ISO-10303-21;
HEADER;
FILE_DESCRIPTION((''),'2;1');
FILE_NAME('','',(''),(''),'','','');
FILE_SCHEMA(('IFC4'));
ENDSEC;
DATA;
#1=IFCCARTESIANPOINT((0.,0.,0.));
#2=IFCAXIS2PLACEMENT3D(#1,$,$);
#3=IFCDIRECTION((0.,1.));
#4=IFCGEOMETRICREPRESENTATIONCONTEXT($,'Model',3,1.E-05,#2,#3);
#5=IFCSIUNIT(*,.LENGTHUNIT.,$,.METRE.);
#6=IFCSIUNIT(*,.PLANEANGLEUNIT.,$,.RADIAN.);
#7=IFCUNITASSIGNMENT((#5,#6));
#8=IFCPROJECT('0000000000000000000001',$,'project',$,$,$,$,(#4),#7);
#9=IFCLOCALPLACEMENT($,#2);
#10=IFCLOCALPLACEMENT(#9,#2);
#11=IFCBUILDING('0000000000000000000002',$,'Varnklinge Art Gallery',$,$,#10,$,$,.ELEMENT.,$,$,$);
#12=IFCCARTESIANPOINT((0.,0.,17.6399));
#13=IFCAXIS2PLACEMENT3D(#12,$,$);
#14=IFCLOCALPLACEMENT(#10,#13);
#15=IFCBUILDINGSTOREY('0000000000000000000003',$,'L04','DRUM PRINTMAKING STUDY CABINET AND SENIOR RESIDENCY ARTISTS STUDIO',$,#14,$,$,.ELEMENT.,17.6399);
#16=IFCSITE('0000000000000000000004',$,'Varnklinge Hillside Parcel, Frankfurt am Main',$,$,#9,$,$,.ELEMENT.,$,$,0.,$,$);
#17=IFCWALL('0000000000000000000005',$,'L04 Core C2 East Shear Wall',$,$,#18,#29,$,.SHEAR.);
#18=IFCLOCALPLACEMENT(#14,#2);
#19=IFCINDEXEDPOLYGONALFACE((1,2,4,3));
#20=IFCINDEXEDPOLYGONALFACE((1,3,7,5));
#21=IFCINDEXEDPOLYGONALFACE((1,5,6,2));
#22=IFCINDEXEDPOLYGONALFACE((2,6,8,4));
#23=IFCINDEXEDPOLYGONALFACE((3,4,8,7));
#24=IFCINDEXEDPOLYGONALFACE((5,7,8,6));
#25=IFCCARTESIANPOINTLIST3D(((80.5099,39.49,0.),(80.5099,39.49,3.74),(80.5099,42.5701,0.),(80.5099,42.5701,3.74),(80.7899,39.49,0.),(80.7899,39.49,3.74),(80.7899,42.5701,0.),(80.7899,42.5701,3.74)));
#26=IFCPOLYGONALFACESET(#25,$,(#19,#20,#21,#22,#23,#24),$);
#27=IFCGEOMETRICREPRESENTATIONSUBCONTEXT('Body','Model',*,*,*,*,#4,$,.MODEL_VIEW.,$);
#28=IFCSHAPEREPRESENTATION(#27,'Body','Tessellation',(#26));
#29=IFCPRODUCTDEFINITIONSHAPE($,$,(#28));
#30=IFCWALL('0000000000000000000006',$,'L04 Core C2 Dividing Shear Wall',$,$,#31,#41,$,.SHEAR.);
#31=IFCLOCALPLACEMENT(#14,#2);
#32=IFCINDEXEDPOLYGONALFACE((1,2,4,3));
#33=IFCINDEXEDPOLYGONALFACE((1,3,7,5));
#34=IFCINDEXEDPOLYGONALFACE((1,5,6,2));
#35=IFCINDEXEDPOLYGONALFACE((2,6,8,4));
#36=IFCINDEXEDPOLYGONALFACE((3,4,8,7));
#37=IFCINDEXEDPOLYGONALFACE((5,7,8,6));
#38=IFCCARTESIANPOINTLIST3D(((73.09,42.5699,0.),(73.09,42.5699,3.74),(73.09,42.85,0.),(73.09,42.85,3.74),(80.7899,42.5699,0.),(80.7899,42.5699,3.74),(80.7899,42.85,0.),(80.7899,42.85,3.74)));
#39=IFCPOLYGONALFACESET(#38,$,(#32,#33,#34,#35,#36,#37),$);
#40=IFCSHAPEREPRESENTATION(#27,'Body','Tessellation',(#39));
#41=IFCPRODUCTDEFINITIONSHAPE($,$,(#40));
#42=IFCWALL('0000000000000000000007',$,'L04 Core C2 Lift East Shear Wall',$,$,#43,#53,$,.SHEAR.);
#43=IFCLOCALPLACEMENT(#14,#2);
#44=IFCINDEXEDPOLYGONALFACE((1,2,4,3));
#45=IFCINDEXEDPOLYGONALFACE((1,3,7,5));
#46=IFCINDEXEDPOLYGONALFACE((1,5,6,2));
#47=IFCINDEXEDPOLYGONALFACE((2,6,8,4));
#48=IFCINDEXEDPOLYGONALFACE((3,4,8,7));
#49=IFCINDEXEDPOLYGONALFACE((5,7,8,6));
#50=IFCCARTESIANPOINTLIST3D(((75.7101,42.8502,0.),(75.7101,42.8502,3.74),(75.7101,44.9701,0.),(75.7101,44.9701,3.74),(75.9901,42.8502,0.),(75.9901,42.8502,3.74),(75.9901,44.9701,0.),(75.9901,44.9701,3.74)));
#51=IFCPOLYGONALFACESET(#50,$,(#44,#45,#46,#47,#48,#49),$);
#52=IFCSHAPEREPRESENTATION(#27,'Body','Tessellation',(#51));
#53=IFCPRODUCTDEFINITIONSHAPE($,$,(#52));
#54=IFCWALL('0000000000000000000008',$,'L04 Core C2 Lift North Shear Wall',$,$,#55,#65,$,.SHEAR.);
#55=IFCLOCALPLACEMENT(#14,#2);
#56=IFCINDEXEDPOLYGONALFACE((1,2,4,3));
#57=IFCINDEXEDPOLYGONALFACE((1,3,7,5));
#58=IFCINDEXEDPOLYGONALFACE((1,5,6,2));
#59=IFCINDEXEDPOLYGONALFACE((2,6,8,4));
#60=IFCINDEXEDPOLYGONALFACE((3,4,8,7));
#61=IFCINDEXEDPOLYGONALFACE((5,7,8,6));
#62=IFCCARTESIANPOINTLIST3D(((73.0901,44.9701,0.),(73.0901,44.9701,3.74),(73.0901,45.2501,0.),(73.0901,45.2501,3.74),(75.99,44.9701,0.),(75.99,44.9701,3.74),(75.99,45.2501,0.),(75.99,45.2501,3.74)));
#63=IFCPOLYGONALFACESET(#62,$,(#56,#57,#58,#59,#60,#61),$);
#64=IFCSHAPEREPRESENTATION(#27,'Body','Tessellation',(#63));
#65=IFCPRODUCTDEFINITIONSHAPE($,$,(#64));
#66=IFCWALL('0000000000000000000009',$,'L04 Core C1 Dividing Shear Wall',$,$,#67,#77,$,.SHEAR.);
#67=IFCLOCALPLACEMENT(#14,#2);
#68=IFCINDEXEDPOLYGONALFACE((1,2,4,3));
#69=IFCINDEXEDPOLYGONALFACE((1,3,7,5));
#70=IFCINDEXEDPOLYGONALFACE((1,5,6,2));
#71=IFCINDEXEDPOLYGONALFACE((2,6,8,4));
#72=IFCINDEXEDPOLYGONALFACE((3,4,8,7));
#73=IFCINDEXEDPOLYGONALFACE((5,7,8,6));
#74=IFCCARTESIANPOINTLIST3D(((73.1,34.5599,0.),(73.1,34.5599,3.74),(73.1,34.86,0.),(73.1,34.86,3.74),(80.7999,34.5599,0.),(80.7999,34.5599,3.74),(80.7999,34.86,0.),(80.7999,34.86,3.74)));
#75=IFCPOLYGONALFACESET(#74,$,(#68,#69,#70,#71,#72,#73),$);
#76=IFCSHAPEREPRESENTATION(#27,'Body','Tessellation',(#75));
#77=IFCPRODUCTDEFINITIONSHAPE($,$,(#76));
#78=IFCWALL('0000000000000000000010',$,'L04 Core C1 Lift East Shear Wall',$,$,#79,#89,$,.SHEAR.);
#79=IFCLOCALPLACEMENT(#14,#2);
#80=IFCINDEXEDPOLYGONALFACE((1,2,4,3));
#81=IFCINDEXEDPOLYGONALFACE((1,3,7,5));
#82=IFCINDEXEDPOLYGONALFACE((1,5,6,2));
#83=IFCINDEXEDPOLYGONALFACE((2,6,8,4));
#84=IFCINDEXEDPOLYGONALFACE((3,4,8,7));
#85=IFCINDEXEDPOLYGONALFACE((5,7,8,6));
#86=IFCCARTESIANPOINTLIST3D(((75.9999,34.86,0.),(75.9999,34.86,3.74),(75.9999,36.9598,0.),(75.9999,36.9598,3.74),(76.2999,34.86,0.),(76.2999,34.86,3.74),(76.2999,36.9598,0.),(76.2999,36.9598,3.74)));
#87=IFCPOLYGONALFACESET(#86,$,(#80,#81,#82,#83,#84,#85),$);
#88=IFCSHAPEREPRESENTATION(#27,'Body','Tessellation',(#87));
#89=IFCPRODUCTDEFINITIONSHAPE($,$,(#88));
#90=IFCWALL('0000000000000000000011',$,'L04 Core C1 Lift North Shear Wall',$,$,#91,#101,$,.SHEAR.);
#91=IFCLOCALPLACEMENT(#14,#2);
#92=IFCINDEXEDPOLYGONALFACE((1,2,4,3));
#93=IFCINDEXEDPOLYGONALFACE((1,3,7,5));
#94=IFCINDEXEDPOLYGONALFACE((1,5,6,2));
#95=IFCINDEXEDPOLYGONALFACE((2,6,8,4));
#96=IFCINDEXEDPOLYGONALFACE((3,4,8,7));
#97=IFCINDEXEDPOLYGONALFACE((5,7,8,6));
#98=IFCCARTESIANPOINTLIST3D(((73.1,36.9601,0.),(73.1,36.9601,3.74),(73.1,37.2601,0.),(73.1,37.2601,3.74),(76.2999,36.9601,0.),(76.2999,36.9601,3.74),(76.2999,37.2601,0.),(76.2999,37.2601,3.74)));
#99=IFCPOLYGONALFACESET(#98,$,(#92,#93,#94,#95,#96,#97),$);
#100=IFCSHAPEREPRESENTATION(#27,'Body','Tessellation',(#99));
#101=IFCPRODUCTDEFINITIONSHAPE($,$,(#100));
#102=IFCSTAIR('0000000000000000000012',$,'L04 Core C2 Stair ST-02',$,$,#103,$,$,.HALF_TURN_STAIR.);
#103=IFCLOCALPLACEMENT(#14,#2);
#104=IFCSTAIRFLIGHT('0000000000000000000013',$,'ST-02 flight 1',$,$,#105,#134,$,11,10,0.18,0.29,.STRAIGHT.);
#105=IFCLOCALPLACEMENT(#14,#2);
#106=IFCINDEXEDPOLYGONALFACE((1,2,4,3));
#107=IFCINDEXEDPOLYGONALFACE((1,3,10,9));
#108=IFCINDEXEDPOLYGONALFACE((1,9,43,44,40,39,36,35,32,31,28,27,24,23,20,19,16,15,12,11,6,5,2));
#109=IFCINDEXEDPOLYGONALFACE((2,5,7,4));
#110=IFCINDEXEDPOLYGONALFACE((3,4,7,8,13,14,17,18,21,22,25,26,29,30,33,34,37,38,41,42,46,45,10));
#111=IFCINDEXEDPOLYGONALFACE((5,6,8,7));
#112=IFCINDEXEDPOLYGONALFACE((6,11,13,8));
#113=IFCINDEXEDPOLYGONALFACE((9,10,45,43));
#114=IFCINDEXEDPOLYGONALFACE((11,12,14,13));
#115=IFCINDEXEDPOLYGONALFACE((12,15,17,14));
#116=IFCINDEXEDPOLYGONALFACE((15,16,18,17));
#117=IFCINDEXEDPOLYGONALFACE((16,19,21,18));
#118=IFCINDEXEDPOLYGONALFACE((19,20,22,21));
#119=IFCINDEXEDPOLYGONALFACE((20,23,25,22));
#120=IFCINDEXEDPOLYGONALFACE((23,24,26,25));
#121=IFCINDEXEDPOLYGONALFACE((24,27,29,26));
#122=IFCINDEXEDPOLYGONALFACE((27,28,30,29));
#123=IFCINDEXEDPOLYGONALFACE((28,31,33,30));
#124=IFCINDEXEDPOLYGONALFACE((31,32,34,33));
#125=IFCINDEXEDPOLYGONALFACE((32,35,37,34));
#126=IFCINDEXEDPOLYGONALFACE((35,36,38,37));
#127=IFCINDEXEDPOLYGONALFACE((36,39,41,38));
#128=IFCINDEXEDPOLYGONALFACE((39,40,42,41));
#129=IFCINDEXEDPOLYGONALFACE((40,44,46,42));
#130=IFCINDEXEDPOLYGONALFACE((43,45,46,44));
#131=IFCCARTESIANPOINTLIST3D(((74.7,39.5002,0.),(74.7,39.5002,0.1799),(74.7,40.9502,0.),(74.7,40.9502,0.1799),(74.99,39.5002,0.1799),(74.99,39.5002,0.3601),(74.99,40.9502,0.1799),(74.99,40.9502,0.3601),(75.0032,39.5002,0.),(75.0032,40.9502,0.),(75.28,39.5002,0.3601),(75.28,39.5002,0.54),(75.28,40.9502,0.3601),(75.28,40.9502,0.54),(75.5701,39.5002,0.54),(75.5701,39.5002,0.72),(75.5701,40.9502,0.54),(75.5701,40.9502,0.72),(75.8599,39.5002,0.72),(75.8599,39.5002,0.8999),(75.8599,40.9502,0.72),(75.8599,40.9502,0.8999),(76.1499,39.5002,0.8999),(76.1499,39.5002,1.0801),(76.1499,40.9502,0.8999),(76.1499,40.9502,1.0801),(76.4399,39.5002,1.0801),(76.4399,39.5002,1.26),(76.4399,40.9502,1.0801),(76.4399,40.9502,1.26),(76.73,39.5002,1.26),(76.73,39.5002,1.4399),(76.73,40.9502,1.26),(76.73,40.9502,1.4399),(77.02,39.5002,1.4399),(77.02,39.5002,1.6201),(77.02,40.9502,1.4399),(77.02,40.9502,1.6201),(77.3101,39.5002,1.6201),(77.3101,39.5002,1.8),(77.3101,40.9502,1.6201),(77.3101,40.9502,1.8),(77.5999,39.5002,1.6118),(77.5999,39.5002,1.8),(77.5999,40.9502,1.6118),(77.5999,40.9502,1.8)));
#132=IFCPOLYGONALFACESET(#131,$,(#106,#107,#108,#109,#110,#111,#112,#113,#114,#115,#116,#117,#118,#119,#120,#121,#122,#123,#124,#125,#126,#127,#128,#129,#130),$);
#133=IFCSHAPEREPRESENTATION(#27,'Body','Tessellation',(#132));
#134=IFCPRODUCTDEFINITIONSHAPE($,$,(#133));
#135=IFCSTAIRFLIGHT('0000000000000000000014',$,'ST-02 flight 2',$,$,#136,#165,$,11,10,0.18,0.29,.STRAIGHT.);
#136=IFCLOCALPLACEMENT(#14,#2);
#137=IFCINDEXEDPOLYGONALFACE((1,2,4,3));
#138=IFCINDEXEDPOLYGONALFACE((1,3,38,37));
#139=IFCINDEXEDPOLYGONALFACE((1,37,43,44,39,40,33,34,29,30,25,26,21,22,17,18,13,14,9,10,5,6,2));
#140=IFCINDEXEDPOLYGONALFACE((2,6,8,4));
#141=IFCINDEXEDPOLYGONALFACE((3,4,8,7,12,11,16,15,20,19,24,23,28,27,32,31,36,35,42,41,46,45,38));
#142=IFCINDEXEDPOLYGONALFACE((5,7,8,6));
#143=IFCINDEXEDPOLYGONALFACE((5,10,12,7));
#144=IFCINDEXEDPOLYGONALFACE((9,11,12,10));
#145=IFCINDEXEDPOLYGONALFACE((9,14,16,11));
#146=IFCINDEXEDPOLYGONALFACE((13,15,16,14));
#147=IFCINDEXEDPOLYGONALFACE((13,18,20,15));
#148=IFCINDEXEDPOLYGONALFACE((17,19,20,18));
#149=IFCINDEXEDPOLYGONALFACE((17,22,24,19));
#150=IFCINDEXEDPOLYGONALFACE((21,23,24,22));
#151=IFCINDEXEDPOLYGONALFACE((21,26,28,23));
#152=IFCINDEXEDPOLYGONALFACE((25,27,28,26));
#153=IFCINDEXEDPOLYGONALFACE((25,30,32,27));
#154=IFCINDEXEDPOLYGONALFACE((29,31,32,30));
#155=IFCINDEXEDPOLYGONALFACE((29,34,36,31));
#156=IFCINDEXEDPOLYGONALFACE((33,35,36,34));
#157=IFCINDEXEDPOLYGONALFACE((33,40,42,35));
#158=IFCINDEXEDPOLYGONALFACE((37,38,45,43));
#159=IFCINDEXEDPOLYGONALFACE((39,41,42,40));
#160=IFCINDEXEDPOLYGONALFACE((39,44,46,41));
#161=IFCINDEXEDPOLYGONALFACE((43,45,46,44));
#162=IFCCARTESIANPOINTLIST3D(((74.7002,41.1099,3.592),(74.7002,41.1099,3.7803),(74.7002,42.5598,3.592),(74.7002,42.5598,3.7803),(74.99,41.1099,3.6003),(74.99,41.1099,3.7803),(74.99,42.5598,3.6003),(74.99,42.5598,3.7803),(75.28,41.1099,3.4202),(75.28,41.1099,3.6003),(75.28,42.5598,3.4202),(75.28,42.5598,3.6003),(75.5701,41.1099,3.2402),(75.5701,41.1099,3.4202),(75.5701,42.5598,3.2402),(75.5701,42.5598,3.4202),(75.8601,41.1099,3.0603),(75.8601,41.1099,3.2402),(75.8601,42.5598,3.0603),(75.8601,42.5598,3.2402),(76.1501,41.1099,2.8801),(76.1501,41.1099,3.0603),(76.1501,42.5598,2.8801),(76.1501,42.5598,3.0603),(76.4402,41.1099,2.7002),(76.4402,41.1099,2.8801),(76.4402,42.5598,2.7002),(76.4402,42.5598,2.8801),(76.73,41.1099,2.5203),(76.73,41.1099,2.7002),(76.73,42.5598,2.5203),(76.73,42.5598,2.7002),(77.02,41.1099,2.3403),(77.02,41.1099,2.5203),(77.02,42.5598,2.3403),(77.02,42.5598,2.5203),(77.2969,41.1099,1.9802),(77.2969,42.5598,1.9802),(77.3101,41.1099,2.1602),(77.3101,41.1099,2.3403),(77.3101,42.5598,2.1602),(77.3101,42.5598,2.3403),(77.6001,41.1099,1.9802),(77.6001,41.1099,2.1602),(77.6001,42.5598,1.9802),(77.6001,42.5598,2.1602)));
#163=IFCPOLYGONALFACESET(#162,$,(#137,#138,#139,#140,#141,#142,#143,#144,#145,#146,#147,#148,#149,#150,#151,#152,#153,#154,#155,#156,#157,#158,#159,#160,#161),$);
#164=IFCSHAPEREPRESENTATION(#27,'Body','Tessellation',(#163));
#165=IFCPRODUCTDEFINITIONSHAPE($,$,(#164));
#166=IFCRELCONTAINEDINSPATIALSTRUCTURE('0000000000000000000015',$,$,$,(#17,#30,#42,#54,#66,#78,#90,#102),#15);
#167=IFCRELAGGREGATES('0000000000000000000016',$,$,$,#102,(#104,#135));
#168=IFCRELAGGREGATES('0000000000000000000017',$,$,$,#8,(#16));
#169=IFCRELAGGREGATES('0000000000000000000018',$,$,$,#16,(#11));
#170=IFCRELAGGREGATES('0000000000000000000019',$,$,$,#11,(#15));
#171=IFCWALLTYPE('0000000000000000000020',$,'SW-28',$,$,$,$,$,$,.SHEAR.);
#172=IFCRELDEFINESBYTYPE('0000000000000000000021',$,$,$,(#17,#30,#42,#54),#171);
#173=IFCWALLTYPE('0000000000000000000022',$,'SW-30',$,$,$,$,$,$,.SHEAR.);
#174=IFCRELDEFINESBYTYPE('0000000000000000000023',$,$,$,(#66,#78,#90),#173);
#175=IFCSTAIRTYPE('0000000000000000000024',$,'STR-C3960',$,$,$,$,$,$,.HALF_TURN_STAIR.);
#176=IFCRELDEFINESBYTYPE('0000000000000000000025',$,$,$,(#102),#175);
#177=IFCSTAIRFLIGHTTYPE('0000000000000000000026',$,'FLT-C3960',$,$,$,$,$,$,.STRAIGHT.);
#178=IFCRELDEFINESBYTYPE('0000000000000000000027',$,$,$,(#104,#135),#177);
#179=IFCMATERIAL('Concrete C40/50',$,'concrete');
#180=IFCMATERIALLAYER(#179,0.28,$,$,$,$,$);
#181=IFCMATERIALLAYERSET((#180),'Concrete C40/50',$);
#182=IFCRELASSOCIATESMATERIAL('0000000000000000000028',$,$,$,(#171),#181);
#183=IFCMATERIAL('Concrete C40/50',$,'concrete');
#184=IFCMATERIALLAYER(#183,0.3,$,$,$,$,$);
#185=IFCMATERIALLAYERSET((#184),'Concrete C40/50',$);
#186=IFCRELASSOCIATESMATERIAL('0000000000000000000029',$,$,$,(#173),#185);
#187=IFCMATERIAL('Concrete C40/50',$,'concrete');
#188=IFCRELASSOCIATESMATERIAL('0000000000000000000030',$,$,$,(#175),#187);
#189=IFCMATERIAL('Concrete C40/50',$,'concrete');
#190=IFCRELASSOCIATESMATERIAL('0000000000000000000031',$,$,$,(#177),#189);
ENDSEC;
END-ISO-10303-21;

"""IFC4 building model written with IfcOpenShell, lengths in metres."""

from ifc_helpers import new_model, si_unit, direction, frame, frame_2d, origin, place, context, subcontext, project, spatial, polyline, rectangle, outline, extrude, material, layer, layer_set, type_object, element, aggregate, save


model = new_model("IFC4")

# Units and contexts
model_context = context("Model", 3, precision=1e-05, world=origin(), true_north=direction((0.0, 1.0)))
body_context = subcontext(model_context, "Body", "Model", "MODEL_VIEW")
ifc_project = project(units=[si_unit("LENGTHUNIT", "METRE"), si_unit("PLANEANGLEUNIT", "RADIAN")], contexts=[model_context])

# Site, building, storey
site_placement = place(None, origin())
site = spatial("IfcSite", under=ifc_project, at=site_placement, Name="Varnklinge Hillside Parcel, Frankfurt am Main", CompositionType="ELEMENT", RefElevation=0.0)
building_placement = place(site_placement, origin())
building = spatial("IfcBuilding", under=site, at=building_placement, Name="Varnklinge Art Gallery", CompositionType="ELEMENT")
storey_placement = place(building_placement, frame((0.0, 0.0, 17.6399)))
storey = spatial("IfcBuildingStorey", under=building, at=storey_placement, Name="L04", Description="DRUM PRINTMAKING STUDY CABINET AND SENIOR RESIDENCY ARTISTS STUDIO", CompositionType="ELEMENT", Elevation=17.6399)

# Walls
ifc_material_1 = material(Name="Concrete C40/50", Category="concrete")
ifc_layer_1 = layer(ifc_material_1, 0.28)
ifc_layer_set_1 = layer_set([ifc_layer_1], Name="Concrete C40/50")
wall_type_1 = type_object("IfcWallType", Name="SW-28", PredefinedType="SHEAR", material=ifc_layer_set_1)
wall_1_placement = place(storey_placement, frame((80.6499, 39.49, 0.0), z_axis=(0.0, 0.0, 1.0), x_axis=(0.0, 1.0, 0.0)))
element("IfcWall", 1, at=wall_1_placement, inside=storey, type_object=wall_type_1, Name="L04 Core C2 East Shear Wall", PredefinedType="SHEAR", context=body_context, shape_type="SweptSolid", body=[
    extrude(rectangle(XDim=3.0801, YDim=0.28, at=frame_2d((1.54, 0.0))), origin(), (0.0, 0.0, 1.0), 3.74),
])
wall_2_placement = place(storey_placement, frame((80.79, 42.71, 0.0), z_axis=(0.0, 0.0, 1.0), x_axis=(-1.0, 0.0, 0.0)))
element("IfcWall", 2, at=wall_2_placement, inside=storey, type_object=wall_type_1, Name="L04 Core C2 Dividing Shear Wall", PredefinedType="SHEAR", context=body_context, shape_type="SweptSolid", body=[
    extrude(rectangle(XDim=7.7, YDim=0.28, at=frame_2d((3.8501, 0.0))), origin(), (0.0, 0.0, 1.0), 3.74),
])
wall_3_placement = place(storey_placement, frame((75.8501, 42.8501, 0.0), z_axis=(0.0, 0.0, 1.0), x_axis=(0.0, 1.0, 0.0)))
element("IfcWall", 3, at=wall_3_placement, inside=storey, type_object=wall_type_1, Name="L04 Core C2 Lift East Shear Wall", PredefinedType="SHEAR", context=body_context, shape_type="SweptSolid", body=[
    extrude(rectangle(XDim=2.1199, YDim=0.28, at=frame_2d((1.0601, 0.0))), origin(), (0.0, 0.0, 1.0), 3.74),
])
wall_4_placement = place(storey_placement, frame((75.99, 45.1101, 0.0), z_axis=(0.0, 0.0, 1.0), x_axis=(-1.0, 0.0, 0.0)))
element("IfcWall", 4, at=wall_4_placement, inside=storey, type_object=wall_type_1, Name="L04 Core C2 Lift North Shear Wall", PredefinedType="SHEAR", context=body_context, shape_type="SweptSolid", body=[
    extrude(rectangle(XDim=2.8999, YDim=0.28, at=frame_2d((1.45, 0.0))), origin(), (0.0, 0.0, 1.0), 3.74),
])
ifc_material_2 = material(Name="Concrete C40/50", Category="concrete")
ifc_layer_2 = layer(ifc_material_2, 0.3)
ifc_layer_set_2 = layer_set([ifc_layer_2], Name="Concrete C40/50")
wall_type_2 = type_object("IfcWallType", Name="SW-30", PredefinedType="SHEAR", material=ifc_layer_set_2)
wall_5_placement = place(storey_placement, frame((80.8, 34.71, 0.0), z_axis=(0.0, 0.0, 1.0), x_axis=(-1.0, 0.0, 0.0)))
element("IfcWall", 5, at=wall_5_placement, inside=storey, type_object=wall_type_2, Name="L04 Core C1 Dividing Shear Wall", PredefinedType="SHEAR", context=body_context, shape_type="SweptSolid", body=[
    extrude(rectangle(XDim=7.7, YDim=0.3, at=frame_2d((3.8501, 0.0))), origin(), (0.0, 0.0, 1.0), 3.74),
])
wall_6_placement = place(storey_placement, frame((76.1499, 34.8601, 0.0), z_axis=(0.0, 0.0, 1.0), x_axis=(0.0, 1.0, 0.0)))
element("IfcWall", 6, at=wall_6_placement, inside=storey, type_object=wall_type_2, Name="L04 Core C1 Lift East Shear Wall", PredefinedType="SHEAR", context=body_context, shape_type="SweptSolid", body=[
    extrude(rectangle(XDim=2.0999, YDim=0.3, at=frame_2d((1.0498, 0.0))), origin(), (0.0, 0.0, 1.0), 3.74),
])
wall_7_placement = place(storey_placement, frame((76.3, 37.1101, 0.0), z_axis=(0.0, 0.0, 1.0), x_axis=(-1.0, 0.0, 0.0)))
element("IfcWall", 7, at=wall_7_placement, inside=storey, type_object=wall_type_2, Name="L04 Core C1 Lift North Shear Wall", PredefinedType="SHEAR", context=body_context, shape_type="SweptSolid", body=[
    extrude(rectangle(XDim=3.2, YDim=0.3, at=frame_2d((1.6001, 0.0))), origin(), (0.0, 0.0, 1.0), 3.74),
])

# Stair, stair flights
ifc_material_3 = material(Name="Concrete C40/50", Category="concrete")
stair_type = type_object("IfcStairType", Name="STR-C3960", PredefinedType="HALF_TURN_STAIR", material=ifc_material_3)
stair_placement = place(storey_placement, origin())
stair = element("IfcStair", 8, at=stair_placement, inside=storey, type_object=stair_type, Name="L04 Core C2 Stair ST-02", PredefinedType="HALF_TURN_STAIR")
ifc_material_4 = material(Name="Concrete C40/50", Category="concrete")
stair_flight_type = type_object("IfcStairFlightType", Name="FLT-C3960", PredefinedType="STRAIGHT", material=ifc_material_4)
stair_flight_1_placement = place(storey_placement, frame((74.7, 40.2251, 0.0), z_axis=(0.0, 0.0, 1.0), x_axis=(1.0, 0.0, 0.0)))
stair_flight_1 = element("IfcStairFlight", 9, at=stair_flight_1_placement, type_object=stair_flight_type, Name="ST-02 flight 1", NumberOfRisers=11, NumberOfTreads=10, PredefinedType="STRAIGHT", RiserHeight=0.18, TreadLength=0.29, context=body_context, shape_type="SweptSolid", body=[
    extrude(outline(polyline([(0.0, 0.0), (0.0, 0.1799), (0.29, 0.1799), (0.29, 0.3601), (0.5801, 0.3601), (0.5801, 0.54), (0.8701, 0.54), (0.8701, 0.72), (1.1599, 0.72), (1.1599, 0.8999), (1.45, 0.8999), (1.45, 1.0801), (1.74, 1.0801), (1.74, 1.26), (2.03, 1.26), (2.03, 1.4399), (2.3201, 1.4399), (2.3201, 1.6201), (2.6101, 1.6201), (2.6101, 1.8), (2.8999, 1.8), (2.8999, 1.98), (2.8999, 1.6118), (0.3032, 0.0), (0.0, 0.0)])), frame((0.0, 0.7251, 0.0), z_axis=(0.0, -1.0, 0.0), x_axis=(1.0, 0.0, 0.0)), (0.0, 0.0, 1.0), 1.45),
])
stair_flight_2_placement = place(storey_placement, frame((77.6001, 41.835, 1.9802), z_axis=(0.0, 0.0, 1.0), x_axis=(-1.0, 0.0, 0.0)))
stair_flight_2 = element("IfcStairFlight", 10, at=stair_flight_2_placement, type_object=stair_flight_type, Name="ST-02 flight 2", NumberOfRisers=11, NumberOfTreads=10, PredefinedType="STRAIGHT", RiserHeight=0.18, TreadLength=0.29, context=body_context, shape_type="SweptSolid", body=[
    extrude(outline(polyline([(0.0, 0.0), (0.0, 0.1799), (0.29, 0.1799), (0.29, 0.3601), (0.5801, 0.3601), (0.5801, 0.54), (0.8701, 0.54), (0.8701, 0.72), (1.1599, 0.72), (1.1599, 0.8999), (1.45, 0.8999), (1.45, 1.0801), (1.74, 1.0801), (1.74, 1.26), (2.03, 1.26), (2.03, 1.4399), (2.3201, 1.4399), (2.3201, 1.6201), (2.6101, 1.6201), (2.6101, 1.8), (2.8999, 1.8), (2.8999, 1.98), (2.8999, 1.6118), (0.3032, 0.0), (0.0, 0.0)])), frame((0.0, 0.7251, 0.0), z_axis=(0.0, -1.0, 0.0), x_axis=(1.0, 0.0, 0.0)), (0.0, 0.0, 1.0), 1.45),
])
aggregate(stair, [stair_flight_1, stair_flight_2])

save(model, "model.ifc")
